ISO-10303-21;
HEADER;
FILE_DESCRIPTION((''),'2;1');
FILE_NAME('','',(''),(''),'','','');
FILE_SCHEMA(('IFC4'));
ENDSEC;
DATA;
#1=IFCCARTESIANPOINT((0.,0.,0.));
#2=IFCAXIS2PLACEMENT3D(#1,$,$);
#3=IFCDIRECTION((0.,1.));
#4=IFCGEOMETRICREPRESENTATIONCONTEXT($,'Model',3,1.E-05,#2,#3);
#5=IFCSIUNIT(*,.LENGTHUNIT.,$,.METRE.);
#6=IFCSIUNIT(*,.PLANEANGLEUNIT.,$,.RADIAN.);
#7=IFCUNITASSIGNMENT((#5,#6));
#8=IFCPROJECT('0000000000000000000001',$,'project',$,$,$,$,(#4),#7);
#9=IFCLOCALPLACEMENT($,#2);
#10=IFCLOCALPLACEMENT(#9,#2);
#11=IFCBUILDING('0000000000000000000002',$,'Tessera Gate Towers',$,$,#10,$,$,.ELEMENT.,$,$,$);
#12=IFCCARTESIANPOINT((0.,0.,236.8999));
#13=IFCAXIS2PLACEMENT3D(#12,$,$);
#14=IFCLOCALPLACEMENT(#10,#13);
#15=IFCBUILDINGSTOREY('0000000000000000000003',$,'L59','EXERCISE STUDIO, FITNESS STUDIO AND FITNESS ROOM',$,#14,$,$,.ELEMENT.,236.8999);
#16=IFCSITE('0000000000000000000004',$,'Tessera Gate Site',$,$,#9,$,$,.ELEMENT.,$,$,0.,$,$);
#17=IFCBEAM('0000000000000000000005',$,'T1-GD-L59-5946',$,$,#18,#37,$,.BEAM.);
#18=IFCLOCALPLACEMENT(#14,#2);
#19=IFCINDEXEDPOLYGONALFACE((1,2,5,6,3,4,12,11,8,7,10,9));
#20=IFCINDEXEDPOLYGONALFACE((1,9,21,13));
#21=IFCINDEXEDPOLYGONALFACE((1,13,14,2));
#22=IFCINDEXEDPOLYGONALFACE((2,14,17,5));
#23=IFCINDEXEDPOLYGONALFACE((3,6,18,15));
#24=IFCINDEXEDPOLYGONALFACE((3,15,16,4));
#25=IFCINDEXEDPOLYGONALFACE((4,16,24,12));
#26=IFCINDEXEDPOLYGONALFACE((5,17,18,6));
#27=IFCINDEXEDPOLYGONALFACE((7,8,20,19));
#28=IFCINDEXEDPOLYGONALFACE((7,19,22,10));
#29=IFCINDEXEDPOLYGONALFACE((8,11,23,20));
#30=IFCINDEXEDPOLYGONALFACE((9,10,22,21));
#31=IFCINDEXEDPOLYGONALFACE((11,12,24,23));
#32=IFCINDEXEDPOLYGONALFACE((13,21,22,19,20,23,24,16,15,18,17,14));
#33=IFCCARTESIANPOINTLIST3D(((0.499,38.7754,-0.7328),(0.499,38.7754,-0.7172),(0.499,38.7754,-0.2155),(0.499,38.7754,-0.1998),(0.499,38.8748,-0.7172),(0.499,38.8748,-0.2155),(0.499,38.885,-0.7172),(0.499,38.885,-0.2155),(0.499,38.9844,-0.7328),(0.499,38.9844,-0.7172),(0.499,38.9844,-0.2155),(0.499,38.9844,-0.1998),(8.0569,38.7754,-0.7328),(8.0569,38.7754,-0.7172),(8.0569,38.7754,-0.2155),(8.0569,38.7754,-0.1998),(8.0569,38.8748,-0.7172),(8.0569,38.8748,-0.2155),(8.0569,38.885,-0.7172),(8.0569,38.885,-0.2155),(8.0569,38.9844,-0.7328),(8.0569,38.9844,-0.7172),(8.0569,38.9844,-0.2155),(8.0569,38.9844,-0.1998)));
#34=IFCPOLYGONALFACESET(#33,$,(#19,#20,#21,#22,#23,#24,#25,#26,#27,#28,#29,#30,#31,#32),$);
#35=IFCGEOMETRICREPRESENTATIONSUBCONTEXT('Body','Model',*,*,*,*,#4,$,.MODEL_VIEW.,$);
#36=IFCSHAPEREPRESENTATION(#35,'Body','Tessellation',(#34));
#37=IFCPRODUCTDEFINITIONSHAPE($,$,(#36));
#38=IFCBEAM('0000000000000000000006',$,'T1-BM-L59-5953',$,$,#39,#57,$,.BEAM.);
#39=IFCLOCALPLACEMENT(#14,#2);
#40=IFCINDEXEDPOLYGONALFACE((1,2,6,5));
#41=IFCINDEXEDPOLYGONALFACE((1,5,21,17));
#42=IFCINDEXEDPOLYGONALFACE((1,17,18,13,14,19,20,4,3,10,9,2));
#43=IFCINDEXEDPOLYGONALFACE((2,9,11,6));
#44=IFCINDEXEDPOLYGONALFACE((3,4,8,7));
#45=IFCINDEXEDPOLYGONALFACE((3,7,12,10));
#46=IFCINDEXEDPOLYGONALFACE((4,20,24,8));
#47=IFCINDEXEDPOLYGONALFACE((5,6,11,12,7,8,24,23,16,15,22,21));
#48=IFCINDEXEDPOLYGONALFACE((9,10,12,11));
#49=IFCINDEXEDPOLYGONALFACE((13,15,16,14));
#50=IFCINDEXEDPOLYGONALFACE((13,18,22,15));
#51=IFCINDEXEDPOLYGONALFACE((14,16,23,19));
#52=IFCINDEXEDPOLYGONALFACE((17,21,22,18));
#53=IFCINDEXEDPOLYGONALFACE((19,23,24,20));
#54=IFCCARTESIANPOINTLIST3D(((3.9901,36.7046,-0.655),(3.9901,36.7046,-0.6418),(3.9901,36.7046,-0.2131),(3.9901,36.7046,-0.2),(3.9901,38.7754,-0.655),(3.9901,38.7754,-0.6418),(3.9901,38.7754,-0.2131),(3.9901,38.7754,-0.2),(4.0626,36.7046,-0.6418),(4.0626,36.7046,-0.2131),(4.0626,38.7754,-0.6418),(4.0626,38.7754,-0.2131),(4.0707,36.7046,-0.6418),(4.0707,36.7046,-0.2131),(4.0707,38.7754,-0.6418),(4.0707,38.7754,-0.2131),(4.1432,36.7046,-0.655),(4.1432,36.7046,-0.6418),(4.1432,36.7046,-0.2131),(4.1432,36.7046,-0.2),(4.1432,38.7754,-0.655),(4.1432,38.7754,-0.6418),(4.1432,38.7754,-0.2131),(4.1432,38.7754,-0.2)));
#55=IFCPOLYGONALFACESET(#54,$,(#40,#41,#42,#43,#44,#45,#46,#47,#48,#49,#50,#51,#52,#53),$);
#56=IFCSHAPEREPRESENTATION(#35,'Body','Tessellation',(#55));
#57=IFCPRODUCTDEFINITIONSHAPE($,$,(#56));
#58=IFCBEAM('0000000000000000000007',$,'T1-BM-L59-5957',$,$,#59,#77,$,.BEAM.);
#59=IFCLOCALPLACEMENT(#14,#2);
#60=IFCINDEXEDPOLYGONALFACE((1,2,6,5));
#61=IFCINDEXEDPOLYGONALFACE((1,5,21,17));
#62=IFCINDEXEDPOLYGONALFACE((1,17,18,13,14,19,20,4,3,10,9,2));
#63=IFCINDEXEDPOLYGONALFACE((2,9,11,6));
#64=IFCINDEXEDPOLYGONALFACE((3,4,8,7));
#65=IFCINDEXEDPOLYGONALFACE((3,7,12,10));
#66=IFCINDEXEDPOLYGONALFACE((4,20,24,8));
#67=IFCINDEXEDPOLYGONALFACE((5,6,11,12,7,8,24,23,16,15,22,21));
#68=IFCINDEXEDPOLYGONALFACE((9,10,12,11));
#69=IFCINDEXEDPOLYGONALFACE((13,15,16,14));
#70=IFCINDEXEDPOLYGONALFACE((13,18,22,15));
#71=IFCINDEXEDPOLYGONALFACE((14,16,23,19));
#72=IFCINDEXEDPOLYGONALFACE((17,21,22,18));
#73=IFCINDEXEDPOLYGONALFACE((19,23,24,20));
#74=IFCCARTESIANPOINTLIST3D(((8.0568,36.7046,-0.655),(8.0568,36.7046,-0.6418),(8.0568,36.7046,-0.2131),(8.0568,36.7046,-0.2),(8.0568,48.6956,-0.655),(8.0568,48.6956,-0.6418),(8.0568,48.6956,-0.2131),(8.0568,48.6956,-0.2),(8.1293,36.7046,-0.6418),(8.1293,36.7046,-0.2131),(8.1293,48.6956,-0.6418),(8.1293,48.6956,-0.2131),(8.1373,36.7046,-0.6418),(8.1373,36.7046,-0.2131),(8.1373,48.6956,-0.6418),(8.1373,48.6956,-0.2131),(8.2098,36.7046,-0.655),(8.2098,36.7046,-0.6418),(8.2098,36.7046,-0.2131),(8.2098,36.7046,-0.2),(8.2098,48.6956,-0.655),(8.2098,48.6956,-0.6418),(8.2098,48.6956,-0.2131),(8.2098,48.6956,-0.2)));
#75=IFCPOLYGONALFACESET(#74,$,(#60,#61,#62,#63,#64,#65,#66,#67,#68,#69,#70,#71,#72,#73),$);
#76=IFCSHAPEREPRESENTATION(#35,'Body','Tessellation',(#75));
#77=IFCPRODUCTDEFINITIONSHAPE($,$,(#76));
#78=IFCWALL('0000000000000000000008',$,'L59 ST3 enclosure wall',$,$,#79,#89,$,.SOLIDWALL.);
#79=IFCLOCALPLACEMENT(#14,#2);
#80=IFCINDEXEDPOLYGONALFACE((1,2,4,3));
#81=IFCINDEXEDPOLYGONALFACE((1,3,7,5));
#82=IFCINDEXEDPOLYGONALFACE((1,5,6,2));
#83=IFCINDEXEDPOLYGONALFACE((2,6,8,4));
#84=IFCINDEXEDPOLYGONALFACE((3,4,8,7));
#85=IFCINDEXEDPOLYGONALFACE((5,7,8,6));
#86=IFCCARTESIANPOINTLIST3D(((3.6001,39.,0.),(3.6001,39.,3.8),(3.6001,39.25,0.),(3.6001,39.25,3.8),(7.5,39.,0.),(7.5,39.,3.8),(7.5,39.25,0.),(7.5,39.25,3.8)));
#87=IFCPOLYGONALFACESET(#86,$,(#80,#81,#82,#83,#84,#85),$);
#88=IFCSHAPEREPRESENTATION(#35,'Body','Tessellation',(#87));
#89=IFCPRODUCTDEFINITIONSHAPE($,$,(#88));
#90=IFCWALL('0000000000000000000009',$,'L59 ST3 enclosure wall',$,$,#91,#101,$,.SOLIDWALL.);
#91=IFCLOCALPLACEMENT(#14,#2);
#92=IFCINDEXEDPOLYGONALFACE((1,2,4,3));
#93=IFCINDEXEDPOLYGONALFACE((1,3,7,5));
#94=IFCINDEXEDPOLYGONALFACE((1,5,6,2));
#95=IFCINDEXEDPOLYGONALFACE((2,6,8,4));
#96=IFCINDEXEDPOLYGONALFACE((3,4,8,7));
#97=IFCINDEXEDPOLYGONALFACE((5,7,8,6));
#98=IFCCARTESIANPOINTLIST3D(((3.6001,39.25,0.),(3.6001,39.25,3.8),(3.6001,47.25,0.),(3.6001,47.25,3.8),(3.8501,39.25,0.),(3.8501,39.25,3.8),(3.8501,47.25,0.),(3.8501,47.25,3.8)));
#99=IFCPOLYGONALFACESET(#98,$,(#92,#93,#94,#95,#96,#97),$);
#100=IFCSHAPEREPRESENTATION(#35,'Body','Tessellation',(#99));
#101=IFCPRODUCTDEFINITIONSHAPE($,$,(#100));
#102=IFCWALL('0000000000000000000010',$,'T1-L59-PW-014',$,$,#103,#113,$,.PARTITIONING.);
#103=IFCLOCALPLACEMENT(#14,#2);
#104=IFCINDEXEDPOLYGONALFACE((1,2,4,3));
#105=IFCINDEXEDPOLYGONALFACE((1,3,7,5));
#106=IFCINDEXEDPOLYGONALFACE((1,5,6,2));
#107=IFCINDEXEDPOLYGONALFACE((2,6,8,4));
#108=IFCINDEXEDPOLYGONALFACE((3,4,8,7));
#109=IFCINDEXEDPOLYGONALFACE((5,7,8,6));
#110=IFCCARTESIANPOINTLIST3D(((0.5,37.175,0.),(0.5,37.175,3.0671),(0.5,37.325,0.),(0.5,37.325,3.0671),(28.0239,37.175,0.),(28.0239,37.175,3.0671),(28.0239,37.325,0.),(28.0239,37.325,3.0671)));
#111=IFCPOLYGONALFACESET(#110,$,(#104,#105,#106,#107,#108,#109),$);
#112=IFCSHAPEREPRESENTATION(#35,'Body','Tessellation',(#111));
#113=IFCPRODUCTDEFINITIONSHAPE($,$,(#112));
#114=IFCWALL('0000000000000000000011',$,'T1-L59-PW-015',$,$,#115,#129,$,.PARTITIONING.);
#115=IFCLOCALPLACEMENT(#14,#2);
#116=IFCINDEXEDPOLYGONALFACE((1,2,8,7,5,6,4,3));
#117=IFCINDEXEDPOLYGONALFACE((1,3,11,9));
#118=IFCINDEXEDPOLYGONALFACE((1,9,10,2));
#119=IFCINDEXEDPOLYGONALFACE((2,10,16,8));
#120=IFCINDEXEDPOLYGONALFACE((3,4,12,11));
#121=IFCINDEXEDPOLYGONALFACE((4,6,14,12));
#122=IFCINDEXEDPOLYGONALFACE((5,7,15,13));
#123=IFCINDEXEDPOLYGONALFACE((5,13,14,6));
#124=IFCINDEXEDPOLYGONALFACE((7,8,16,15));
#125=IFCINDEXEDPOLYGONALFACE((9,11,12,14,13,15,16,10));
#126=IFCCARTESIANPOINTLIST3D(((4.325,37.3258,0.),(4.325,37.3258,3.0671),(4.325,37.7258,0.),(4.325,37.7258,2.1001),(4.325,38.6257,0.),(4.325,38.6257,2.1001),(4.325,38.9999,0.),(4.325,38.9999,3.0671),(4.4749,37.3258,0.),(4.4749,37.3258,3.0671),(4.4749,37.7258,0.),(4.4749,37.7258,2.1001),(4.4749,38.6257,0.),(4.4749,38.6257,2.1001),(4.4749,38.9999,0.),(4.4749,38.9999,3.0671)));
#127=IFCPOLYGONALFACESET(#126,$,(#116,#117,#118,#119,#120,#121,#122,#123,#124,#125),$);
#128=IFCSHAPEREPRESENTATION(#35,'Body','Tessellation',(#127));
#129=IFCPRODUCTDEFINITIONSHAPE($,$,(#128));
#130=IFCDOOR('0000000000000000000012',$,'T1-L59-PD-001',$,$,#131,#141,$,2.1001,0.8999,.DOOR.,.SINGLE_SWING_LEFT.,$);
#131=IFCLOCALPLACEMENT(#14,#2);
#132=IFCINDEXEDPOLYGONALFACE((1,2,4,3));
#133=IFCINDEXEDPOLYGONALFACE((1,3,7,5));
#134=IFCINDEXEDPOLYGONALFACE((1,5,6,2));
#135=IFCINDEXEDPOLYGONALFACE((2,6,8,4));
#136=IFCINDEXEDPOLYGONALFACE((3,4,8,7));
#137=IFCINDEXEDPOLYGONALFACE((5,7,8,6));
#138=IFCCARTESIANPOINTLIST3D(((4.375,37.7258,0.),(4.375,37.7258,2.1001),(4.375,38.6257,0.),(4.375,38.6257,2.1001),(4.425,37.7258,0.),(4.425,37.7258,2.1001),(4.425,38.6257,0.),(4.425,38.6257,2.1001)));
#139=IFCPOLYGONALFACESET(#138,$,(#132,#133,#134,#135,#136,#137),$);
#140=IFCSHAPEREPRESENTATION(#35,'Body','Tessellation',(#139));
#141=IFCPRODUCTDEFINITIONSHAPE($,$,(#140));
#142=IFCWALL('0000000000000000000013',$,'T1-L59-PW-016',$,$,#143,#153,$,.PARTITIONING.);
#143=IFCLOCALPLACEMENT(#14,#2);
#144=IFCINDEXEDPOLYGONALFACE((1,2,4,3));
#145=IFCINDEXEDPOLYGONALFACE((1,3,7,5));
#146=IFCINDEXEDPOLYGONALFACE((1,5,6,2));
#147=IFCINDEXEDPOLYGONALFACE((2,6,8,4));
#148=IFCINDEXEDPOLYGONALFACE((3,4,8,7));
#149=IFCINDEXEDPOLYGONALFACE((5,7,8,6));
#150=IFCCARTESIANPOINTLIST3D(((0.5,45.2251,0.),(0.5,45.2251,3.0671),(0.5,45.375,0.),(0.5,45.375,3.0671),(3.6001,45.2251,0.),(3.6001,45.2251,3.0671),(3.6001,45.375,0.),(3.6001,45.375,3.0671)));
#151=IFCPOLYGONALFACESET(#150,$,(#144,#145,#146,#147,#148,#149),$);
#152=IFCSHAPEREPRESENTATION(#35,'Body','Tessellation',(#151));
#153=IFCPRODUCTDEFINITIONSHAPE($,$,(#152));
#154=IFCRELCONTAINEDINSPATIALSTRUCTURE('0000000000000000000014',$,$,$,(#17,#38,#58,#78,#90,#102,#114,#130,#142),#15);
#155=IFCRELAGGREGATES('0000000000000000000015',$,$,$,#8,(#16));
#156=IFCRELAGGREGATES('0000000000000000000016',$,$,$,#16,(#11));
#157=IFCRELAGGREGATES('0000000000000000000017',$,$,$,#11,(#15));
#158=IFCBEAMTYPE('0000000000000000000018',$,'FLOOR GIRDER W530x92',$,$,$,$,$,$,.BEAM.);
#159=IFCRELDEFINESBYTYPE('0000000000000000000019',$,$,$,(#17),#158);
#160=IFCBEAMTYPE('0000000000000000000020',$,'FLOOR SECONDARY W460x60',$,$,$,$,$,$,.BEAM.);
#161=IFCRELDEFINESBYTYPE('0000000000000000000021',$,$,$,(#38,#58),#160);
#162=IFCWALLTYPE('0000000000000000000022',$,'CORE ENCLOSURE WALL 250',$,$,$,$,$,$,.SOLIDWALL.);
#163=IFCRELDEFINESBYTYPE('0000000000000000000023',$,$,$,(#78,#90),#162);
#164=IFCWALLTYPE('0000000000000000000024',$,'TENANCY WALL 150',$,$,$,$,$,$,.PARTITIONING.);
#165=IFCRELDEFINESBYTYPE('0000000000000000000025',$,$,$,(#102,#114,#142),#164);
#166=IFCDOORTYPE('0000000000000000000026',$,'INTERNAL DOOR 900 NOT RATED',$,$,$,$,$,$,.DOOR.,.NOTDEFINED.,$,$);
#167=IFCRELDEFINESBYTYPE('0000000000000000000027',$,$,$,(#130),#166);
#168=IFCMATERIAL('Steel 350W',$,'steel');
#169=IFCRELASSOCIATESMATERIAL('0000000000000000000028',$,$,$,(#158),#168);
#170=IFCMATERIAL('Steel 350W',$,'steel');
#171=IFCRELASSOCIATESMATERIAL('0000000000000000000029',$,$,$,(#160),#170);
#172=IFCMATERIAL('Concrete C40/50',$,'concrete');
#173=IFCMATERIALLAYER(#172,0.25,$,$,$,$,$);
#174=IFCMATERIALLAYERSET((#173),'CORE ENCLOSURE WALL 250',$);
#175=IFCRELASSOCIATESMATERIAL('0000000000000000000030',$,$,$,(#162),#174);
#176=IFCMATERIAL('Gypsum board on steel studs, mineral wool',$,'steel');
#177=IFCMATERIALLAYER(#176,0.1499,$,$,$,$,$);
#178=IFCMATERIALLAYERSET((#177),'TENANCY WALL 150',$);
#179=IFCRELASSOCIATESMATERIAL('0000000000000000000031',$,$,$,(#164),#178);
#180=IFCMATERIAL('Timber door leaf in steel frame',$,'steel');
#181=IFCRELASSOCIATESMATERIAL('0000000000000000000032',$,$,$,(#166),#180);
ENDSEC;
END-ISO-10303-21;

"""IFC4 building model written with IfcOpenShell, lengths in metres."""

from ifc_helpers import new_model, si_unit, direction, frame, frame_2d, origin, origin_2d, place, context, subcontext, project, spatial, rectangle, i_section, extrude, source, transform, mapped, material, layer, layer_set, material_profile, profile_set, type_object, element, fill, save


model = new_model("IFC4")

# Units and contexts
model_context = context("Model", 3, precision=1e-05, world=origin(), true_north=direction((0.0, 1.0)))
body_context = subcontext(model_context, "Body", "Model", "MODEL_VIEW")
ifc_project = project(units=[si_unit("LENGTHUNIT", "METRE"), si_unit("PLANEANGLEUNIT", "RADIAN")], contexts=[model_context])

# Site, building, storey
site_placement = place(None, origin())
site = spatial("IfcSite", under=ifc_project, at=site_placement, Name="Tessera Gate Site", CompositionType="ELEMENT", RefElevation=0.0)
building_placement = place(site_placement, origin())
building = spatial("IfcBuilding", under=site, at=building_placement, Name="Tessera Gate Towers", CompositionType="ELEMENT")
storey_placement = place(building_placement, frame((0.0, 0.0, 236.8999)))
storey = spatial("IfcBuildingStorey", under=building, at=storey_placement, Name="L59", Description="EXERCISE STUDIO, FITNESS STUDIO AND FITNESS ROOM", CompositionType="ELEMENT", Elevation=236.8999)

# Beams
ifc_material_1 = material(Name="Steel 350W", Category="steel")
ifc_material_profile_1 = material_profile(ifc_material_1, i_section(OverallWidth=0.209, OverallDepth=0.533, WebThickness=0.0103, FlangeThickness=0.0156, at=origin_2d()), Name="W530x92")
ifc_profile_set_1 = profile_set([ifc_material_profile_1], Name="Steel 350W")
beam_type_1 = type_object("IfcBeamType", Name="FLOOR GIRDER W530x92", PredefinedType="BEAM", material=ifc_profile_set_1)
beam_1_placement = place(storey_placement, frame((0.499, 38.8799, -0.4663), z_axis=(1.0, 0.0, 0.0), x_axis=(0.0, 1.0, 0.0)))
element("IfcBeam", 1, at=beam_1_placement, inside=storey, type_object=beam_type_1, Name="T1-GD-L59-5946", PredefinedType="BEAM", context=body_context, shape_type="SweptSolid", body=[
    extrude(i_section(OverallWidth=0.209, OverallDepth=0.533, WebThickness=0.0103, FlangeThickness=0.0156, at=origin_2d()), origin(), (0.0, 0.0, 1.0), 7.5579),
])
ifc_material_2 = material(Name="Steel 350W", Category="steel")
ifc_material_profile_2 = material_profile(ifc_material_2, i_section(OverallWidth=0.1531, OverallDepth=0.4551, WebThickness=0.0081, FlangeThickness=0.0132, at=origin_2d()), Name="W460x60")
ifc_profile_set_2 = profile_set([ifc_material_profile_2], Name="Steel 350W")
beam_type_2 = type_object("IfcBeamType", Name="FLOOR SECONDARY W460x60", PredefinedType="BEAM", material=ifc_profile_set_2)
beam_2_placement = place(storey_placement, frame((4.0667, 36.7046, -0.4275), z_axis=(0.0, 1.0, 0.0), x_axis=(-1.0, 0.0, 0.0)))
element("IfcBeam", 2, at=beam_2_placement, inside=storey, type_object=beam_type_2, Name="T1-BM-L59-5953", PredefinedType="BEAM", context=body_context, shape_type="SweptSolid", body=[
    extrude(i_section(OverallWidth=0.1531, OverallDepth=0.4551, WebThickness=0.0081, FlangeThickness=0.0132, at=origin_2d()), origin(), (0.0, 0.0, 1.0), 2.0708),
])
beam_3_placement = place(storey_placement, frame((8.1333, 36.7046, -0.4275), z_axis=(0.0, 1.0, 0.0), x_axis=(-1.0, 0.0, 0.0)))
element("IfcBeam", 3, at=beam_3_placement, inside=storey, type_object=beam_type_2, Name="T1-BM-L59-5957", PredefinedType="BEAM", context=body_context, shape_type="SweptSolid", body=[
    extrude(i_section(OverallWidth=0.1531, OverallDepth=0.4551, WebThickness=0.0081, FlangeThickness=0.0132, at=origin_2d()), origin(), (0.0, 0.0, 1.0), 11.991),
])

# Walls
ifc_material_3 = material(Name="Concrete C40/50", Category="concrete")
ifc_layer_1 = layer(ifc_material_3, 0.25)
ifc_layer_set_1 = layer_set([ifc_layer_1], Name="CORE ENCLOSURE WALL 250")
wall_type_1 = type_object("IfcWallType", Name="CORE ENCLOSURE WALL 250", PredefinedType="SOLIDWALL", material=ifc_layer_set_1)
wall_1_placement = place(storey_placement, frame((7.5, 39.125, 0.0), z_axis=(0.0, 0.0, 1.0), x_axis=(-1.0, 0.0, 0.0)))
element("IfcWall", 4, at=wall_1_placement, inside=storey, type_object=wall_type_1, Name="L59 ST3 enclosure wall", PredefinedType="SOLIDWALL", context=body_context, shape_type="SweptSolid", body=[
    extrude(rectangle(XDim=3.8999, YDim=0.25, at=frame_2d((1.95, 0.0))), origin(), (0.0, 0.0, 1.0), 3.8),
])
wall_2_placement = place(storey_placement, frame((3.7251, 39.25, 0.0), z_axis=(0.0, 0.0, 1.0), x_axis=(0.0, 1.0, 0.0)))
element("IfcWall", 5, at=wall_2_placement, inside=storey, type_object=wall_type_1, Name="L59 ST3 enclosure wall", PredefinedType="SOLIDWALL", context=body_context, shape_type="SweptSolid", body=[
    extrude(rectangle(XDim=8.0, YDim=0.25, at=frame_2d((4.0, 0.0))), origin(), (0.0, 0.0, 1.0), 3.8),
])
ifc_material_4 = material(Name="Gypsum board on steel studs, mineral wool", Category="steel")
ifc_layer_2 = layer(ifc_material_4, 0.1499)
ifc_layer_set_2 = layer_set([ifc_layer_2], Name="TENANCY WALL 150")
wall_type_2 = type_object("IfcWallType", Name="TENANCY WALL 150", PredefinedType="PARTITIONING", material=ifc_layer_set_2)
wall_3_placement = place(storey_placement, frame((0.5, 37.25, 0.0), z_axis=(0.0, 0.0, 1.0), x_axis=(1.0, 0.0, 0.0)))
element("IfcWall", 6, at=wall_3_placement, inside=storey, type_object=wall_type_2, Name="T1-L59-PW-014", PredefinedType="PARTITIONING", context=body_context, shape_type="SweptSolid", body=[
    extrude(rectangle(XDim=27.5239, YDim=0.1499, at=frame_2d((13.762, 0.0))), origin(), (0.0, 0.0, 1.0), 3.0671),
])

# Wall, opening, door
wall_4_placement = place(storey_placement, frame((4.3999, 37.3259, 0.0), z_axis=(0.0, 0.0, 1.0), x_axis=(0.0, 1.0, 0.0)))
wall_4 = element("IfcWall", 7, at=wall_4_placement, inside=storey, type_object=wall_type_2, Name="T1-L59-PW-015", PredefinedType="PARTITIONING", context=body_context, shape_type="SweptSolid", body=[
    extrude(rectangle(XDim=1.6741, YDim=0.1499, at=frame_2d((0.8369, 0.0))), origin(), (0.0, 0.0, 1.0), 3.0671),
])
shared_shape_1 = source(origin(), body_context, "Body", "SweptSolid", [
    extrude(rectangle(XDim=0.8999, YDim=2.1001, at=frame_2d((0.45, 1.05))), frame((0.0, 0.085, 0.0), z_axis=(0.0, -1.0, 0.0), x_axis=(1.0, 0.0, 0.0)), (0.0, 0.0, 1.0), 0.1699),
])
opening_placement = place(wall_4_placement, frame((0.3999, 0.0, 0.0)))
opening = element("IfcOpeningElement", 8, at=opening_placement, cuts=wall_4, PredefinedType="OPENING", context=body_context, shape_type="MappedRepresentation", body=[
    mapped(shared_shape_1, transform((0.0, 0.0, 0.0), scale=1.0)),
])
ifc_material_5 = material(Name="Timber door leaf in steel frame", Category="steel")
door_type = type_object("IfcDoorType", Name="INTERNAL DOOR 900 NOT RATED", OperationType="NOTDEFINED", PredefinedType="DOOR", material=ifc_material_5)
shared_shape_2 = source(origin(), body_context, "Body", "SweptSolid", [
    extrude(rectangle(XDim=0.8999, YDim=2.1001, at=frame_2d((0.45, 1.05))), frame((0.0, 0.0249, 0.0), z_axis=(0.0, -1.0, 0.0), x_axis=(1.0, 0.0, 0.0)), (0.0, 0.0, 1.0), 0.05),
])
door_placement = place(opening_placement, origin())
door = element("IfcDoor", 9, at=door_placement, inside=storey, type_object=door_type, Name="T1-L59-PD-001", OperationType="SINGLE_SWING_LEFT", OverallHeight=2.1001, OverallWidth=0.8999, PredefinedType="DOOR", context=body_context, shape_type="MappedRepresentation", body=[
    mapped(shared_shape_2, transform((0.0, 0.0, 0.0), scale=1.0)),
])
fill(opening, door)

# Wall
wall_5_placement = place(storey_placement, frame((0.5, 45.3, 0.0), z_axis=(0.0, 0.0, 1.0), x_axis=(1.0, 0.0, 0.0)))
element("IfcWall", 10, at=wall_5_placement, inside=storey, type_object=wall_type_2, Name="T1-L59-PW-016", PredefinedType="PARTITIONING", context=body_context, shape_type="SweptSolid", body=[
    extrude(rectangle(XDim=3.1001, YDim=0.1499, at=frame_2d((1.55, 0.0))), origin(), (0.0, 0.0, 1.0), 3.0671),
])

save(model, "model.ifc")
